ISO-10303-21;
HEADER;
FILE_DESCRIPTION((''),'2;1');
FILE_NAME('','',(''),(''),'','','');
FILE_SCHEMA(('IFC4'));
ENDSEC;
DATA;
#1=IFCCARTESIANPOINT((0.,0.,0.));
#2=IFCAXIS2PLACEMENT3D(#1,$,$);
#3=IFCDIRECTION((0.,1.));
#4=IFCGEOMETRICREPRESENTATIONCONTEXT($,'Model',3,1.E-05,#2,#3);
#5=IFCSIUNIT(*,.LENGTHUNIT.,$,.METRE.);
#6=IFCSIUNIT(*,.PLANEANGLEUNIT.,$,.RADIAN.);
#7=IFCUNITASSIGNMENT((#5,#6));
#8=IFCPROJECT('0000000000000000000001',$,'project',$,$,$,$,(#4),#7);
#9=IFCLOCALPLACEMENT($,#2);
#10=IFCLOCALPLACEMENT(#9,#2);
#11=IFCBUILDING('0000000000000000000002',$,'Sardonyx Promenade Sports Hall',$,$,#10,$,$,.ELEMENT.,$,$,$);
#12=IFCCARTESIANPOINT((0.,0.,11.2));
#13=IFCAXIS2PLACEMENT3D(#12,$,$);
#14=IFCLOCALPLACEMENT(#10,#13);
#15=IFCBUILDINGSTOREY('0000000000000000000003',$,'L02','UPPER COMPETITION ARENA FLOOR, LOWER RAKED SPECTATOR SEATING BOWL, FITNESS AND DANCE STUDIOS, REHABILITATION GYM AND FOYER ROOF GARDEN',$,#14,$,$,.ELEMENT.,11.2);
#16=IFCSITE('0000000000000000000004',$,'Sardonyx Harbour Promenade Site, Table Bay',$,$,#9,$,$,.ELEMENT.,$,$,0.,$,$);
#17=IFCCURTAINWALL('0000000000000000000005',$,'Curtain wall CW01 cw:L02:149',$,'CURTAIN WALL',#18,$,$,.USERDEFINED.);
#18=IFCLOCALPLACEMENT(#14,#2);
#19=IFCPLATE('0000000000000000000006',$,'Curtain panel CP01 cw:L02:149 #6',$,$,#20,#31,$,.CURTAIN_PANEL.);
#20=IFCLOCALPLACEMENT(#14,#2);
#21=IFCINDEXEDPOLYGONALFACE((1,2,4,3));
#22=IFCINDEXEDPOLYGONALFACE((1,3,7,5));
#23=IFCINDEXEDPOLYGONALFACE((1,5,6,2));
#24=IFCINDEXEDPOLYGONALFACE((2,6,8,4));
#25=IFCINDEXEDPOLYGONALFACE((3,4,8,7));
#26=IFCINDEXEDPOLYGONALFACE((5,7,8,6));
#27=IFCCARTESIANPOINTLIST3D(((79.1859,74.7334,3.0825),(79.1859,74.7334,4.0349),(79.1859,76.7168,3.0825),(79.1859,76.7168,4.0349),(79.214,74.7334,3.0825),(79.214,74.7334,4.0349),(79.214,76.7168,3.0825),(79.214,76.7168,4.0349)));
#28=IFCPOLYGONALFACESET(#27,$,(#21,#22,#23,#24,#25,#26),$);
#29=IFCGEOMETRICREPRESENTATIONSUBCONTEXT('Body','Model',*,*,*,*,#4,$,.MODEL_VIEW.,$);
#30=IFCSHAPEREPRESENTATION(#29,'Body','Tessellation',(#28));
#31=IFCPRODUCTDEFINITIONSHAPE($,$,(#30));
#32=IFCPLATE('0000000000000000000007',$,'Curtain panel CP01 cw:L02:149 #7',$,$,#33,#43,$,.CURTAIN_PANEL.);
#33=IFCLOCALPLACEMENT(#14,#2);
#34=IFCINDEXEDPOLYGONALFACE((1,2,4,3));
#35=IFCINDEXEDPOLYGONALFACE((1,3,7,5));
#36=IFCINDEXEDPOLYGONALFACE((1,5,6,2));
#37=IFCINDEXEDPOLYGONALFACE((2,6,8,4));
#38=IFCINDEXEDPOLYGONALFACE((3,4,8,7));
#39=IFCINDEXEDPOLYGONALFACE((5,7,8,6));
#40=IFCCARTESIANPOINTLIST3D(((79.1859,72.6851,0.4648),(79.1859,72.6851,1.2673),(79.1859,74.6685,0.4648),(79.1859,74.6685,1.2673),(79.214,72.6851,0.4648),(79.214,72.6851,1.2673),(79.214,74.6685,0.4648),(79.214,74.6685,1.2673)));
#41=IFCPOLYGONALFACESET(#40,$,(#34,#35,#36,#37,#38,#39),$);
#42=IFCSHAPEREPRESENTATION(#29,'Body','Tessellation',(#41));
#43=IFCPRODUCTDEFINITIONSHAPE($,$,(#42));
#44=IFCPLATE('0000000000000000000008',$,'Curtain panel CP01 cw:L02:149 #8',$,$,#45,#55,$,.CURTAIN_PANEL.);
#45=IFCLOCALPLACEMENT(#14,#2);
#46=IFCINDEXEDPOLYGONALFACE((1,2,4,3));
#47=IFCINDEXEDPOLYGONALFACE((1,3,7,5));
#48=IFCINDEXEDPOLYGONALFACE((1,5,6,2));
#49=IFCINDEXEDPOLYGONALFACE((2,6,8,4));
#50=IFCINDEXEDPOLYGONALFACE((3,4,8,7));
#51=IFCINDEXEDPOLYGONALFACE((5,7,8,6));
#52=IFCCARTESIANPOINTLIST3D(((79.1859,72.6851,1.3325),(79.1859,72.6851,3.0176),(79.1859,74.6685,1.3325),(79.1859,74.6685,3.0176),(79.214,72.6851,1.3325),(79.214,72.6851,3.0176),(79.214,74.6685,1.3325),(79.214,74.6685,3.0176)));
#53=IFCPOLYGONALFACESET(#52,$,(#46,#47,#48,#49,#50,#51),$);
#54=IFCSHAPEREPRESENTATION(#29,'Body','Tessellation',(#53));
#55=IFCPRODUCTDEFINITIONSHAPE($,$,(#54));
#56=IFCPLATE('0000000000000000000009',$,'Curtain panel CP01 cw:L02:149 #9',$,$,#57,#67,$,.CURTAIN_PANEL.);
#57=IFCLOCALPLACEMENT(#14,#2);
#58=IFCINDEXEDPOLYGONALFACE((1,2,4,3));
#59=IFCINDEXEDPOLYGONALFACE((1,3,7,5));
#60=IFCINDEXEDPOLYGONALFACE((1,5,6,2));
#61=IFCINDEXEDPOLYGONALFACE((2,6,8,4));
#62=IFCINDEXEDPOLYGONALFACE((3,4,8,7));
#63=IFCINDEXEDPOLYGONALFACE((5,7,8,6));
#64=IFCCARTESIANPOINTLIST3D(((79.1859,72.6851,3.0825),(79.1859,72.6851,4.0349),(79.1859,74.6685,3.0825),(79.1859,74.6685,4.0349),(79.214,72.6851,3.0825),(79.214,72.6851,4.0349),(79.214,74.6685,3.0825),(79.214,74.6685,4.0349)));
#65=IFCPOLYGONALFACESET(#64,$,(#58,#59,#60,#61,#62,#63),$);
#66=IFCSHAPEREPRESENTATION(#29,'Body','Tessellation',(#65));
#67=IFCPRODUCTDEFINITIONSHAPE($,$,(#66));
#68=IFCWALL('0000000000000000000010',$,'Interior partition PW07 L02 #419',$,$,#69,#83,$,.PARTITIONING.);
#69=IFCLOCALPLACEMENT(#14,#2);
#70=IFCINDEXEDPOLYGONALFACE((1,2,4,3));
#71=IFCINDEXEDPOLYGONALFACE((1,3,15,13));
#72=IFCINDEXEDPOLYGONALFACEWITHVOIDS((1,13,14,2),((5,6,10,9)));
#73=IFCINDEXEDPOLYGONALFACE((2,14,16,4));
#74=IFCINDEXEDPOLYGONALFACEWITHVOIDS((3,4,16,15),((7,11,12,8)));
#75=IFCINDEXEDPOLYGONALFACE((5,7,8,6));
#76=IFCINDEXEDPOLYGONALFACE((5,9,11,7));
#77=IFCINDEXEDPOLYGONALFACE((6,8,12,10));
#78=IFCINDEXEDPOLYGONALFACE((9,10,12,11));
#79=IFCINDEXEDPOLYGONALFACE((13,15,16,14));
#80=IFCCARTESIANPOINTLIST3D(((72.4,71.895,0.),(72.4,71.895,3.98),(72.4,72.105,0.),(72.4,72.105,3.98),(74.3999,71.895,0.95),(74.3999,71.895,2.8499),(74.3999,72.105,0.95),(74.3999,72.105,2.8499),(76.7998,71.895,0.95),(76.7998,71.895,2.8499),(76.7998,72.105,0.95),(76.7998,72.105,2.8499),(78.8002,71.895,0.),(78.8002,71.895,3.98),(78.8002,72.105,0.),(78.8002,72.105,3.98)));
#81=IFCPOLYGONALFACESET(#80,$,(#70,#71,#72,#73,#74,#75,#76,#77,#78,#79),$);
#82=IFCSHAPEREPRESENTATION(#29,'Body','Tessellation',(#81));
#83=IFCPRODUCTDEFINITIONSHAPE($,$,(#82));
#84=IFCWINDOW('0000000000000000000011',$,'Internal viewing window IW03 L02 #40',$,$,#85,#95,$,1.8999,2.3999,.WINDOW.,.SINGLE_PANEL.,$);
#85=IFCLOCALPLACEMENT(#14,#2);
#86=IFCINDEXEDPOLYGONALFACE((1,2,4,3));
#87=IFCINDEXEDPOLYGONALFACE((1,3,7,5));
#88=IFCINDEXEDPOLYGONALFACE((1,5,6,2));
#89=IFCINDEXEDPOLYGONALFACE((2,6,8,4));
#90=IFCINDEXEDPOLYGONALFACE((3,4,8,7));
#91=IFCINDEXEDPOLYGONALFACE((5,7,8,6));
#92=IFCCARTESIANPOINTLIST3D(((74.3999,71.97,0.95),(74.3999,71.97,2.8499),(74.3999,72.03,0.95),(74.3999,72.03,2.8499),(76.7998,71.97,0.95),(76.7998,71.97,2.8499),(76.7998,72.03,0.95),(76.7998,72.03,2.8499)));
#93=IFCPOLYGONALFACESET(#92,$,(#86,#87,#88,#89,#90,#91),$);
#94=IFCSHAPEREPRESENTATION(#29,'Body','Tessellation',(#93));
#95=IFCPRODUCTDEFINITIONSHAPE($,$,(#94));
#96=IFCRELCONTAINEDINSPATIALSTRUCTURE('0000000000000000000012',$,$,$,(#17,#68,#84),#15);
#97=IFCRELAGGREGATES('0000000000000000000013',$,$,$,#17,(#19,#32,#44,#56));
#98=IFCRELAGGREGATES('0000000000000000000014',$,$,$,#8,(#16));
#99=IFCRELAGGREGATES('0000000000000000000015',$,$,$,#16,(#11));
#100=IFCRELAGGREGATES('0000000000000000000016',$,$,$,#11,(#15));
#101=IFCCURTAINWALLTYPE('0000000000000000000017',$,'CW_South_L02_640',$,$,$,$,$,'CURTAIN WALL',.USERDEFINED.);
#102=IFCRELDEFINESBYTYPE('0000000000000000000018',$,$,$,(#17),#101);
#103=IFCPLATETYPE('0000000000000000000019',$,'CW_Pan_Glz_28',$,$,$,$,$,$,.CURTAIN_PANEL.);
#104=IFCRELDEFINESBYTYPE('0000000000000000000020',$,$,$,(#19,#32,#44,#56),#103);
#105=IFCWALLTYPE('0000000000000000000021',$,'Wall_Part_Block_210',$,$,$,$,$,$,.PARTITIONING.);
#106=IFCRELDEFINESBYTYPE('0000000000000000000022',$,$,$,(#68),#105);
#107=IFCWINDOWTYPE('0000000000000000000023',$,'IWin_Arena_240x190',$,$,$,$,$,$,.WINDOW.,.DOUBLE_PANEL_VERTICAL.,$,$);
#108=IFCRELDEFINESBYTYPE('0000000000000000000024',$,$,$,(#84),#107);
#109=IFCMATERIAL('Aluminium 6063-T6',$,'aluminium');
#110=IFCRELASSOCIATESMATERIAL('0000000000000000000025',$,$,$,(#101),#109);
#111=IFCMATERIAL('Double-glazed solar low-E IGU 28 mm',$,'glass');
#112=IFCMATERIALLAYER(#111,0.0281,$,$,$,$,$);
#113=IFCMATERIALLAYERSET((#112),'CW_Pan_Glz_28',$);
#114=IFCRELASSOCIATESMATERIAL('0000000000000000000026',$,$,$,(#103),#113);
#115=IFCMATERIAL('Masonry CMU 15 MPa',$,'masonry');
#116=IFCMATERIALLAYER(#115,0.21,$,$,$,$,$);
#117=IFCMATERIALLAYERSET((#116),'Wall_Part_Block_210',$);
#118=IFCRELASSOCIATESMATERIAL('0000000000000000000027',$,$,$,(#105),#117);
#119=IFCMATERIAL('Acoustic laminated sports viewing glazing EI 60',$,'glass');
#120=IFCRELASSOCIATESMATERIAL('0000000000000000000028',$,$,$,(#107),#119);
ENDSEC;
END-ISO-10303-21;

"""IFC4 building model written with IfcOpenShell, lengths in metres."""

from ifc_helpers import new_model, si_unit, direction, frame, frame_2d, origin, origin_2d, place, context, subcontext, project, spatial, rectangle, extrude, material, layer, layer_set, type_object, element, fill, aggregate, save


model = new_model("IFC4")

# Units and contexts
model_context = context("Model", 3, precision=1e-05, world=origin(), true_north=direction((0.0, 1.0)))
body_context = subcontext(model_context, "Body", "Model", "MODEL_VIEW")
ifc_project = project(units=[si_unit("LENGTHUNIT", "METRE"), si_unit("PLANEANGLEUNIT", "RADIAN")], contexts=[model_context])

# Site, building, storey
site_placement = place(None, origin())
site = spatial("IfcSite", under=ifc_project, at=site_placement, Name="Sardonyx Harbour Promenade Site, Table Bay", CompositionType="ELEMENT", RefElevation=0.0)
building_placement = place(site_placement, origin())
building = spatial("IfcBuilding", under=site, at=building_placement, Name="Sardonyx Promenade Sports Hall", CompositionType="ELEMENT")
storey_placement = place(building_placement, frame((0.0, 0.0, 11.2)))
storey = spatial("IfcBuildingStorey", under=building, at=storey_placement, Name="L02", Description="UPPER COMPETITION ARENA FLOOR, LOWER RAKED SPECTATOR SEATING BOWL, FITNESS AND DANCE STUDIOS, REHABILITATION GYM AND FOYER ROOF GARDEN", CompositionType="ELEMENT", Elevation=11.2)

# Curtain wall, plates
ifc_material_1 = material(Name="Aluminium 6063-T6", Category="aluminium")
curtain_wall_type = type_object("IfcCurtainWallType", Name="CW_South_L02_640", ElementType="CURTAIN WALL", PredefinedType="USERDEFINED", material=ifc_material_1)
curtain_wall_placement = place(storey_placement, origin())
curtain_wall = element("IfcCurtainWall", 1, at=curtain_wall_placement, inside=storey, type_object=curtain_wall_type, Name="Curtain wall CW01 cw:L02:149", ObjectType="CURTAIN WALL", PredefinedType="USERDEFINED")
ifc_material_2 = material(Name="Double-glazed solar low-E IGU 28 mm", Category="glass")
ifc_layer_1 = layer(ifc_material_2, 0.0281)
ifc_layer_set_1 = layer_set([ifc_layer_1], Name="CW_Pan_Glz_28")
plate_type = type_object("IfcPlateType", Name="CW_Pan_Glz_28", PredefinedType="CURTAIN_PANEL", material=ifc_layer_set_1)
plate_1_placement = place(storey_placement, frame((79.2, 75.7251, 3.0825), z_axis=(0.0, 0.0, 1.0), x_axis=(0.0, -1.0, 0.0)))
plate_1 = element("IfcPlate", 2, at=plate_1_placement, type_object=plate_type, Name="Curtain panel CP01 cw:L02:149 #6", PredefinedType="CURTAIN_PANEL", context=body_context, shape_type="SweptSolid", body=[
    extrude(rectangle(XDim=1.9834, YDim=0.0281, at=origin_2d()), origin(), (0.0, 0.0, 1.0), 0.9524),
])
plate_2_placement = place(storey_placement, frame((79.2, 73.6768, 0.4648), z_axis=(0.0, 0.0, 1.0), x_axis=(0.0, -1.0, 0.0)))
plate_2 = element("IfcPlate", 3, at=plate_2_placement, type_object=plate_type, Name="Curtain panel CP01 cw:L02:149 #7", PredefinedType="CURTAIN_PANEL", context=body_context, shape_type="SweptSolid", body=[
    extrude(rectangle(XDim=1.9834, YDim=0.0281, at=origin_2d()), origin(), (0.0, 0.0, 1.0), 0.8025),
])
plate_3_placement = place(storey_placement, frame((79.2, 73.6768, 1.3325), z_axis=(0.0, 0.0, 1.0), x_axis=(0.0, -1.0, 0.0)))
plate_3 = element("IfcPlate", 4, at=plate_3_placement, type_object=plate_type, Name="Curtain panel CP01 cw:L02:149 #8", PredefinedType="CURTAIN_PANEL", context=body_context, shape_type="SweptSolid", body=[
    extrude(rectangle(XDim=1.9834, YDim=0.0281, at=origin_2d()), origin(), (0.0, 0.0, 1.0), 1.6851),
])
plate_4_placement = place(storey_placement, frame((79.2, 73.6768, 3.0825), z_axis=(0.0, 0.0, 1.0), x_axis=(0.0, -1.0, 0.0)))
plate_4 = element("IfcPlate", 5, at=plate_4_placement, type_object=plate_type, Name="Curtain panel CP01 cw:L02:149 #9", PredefinedType="CURTAIN_PANEL", context=body_context, shape_type="SweptSolid", body=[
    extrude(rectangle(XDim=1.9834, YDim=0.0281, at=origin_2d()), origin(), (0.0, 0.0, 1.0), 0.9524),
])
aggregate(curtain_wall, [plate_1, plate_2, plate_3, plate_4])

# Wall, opening, window
ifc_material_3 = material(Name="Masonry CMU 15 MPa", Category="masonry")
ifc_layer_2 = layer(ifc_material_3, 0.21)
ifc_layer_set_2 = layer_set([ifc_layer_2], Name="Wall_Part_Block_210")
wall_type = type_object("IfcWallType", Name="Wall_Part_Block_210", PredefinedType="PARTITIONING", material=ifc_layer_set_2)
wall_placement = place(storey_placement, frame((72.3999, 72.0, 0.0), z_axis=(0.0, 0.0, 1.0), x_axis=(1.0, 0.0, 0.0)))
wall = element("IfcWall", 6, at=wall_placement, inside=storey, type_object=wall_type, Name="Interior partition PW07 L02 #419", PredefinedType="PARTITIONING", context=body_context, shape_type="SweptSolid", body=[
    extrude(rectangle(XDim=6.4001, YDim=0.21, at=frame_2d((3.2002, 0.0))), origin(), (0.0, 0.0, 1.0), 3.98),
])
opening_placement = place(wall_placement, frame((2.0, 0.0, 0.95)))
opening = element("IfcOpeningElement", 7, at=opening_placement, cuts=wall, PredefinedType="OPENING", context=body_context, shape_type="SweptSolid", body=[
    extrude(rectangle(XDim=2.3999, YDim=1.8999, at=frame_2d((1.2, 0.95))), frame((0.0, 0.115, 0.0), z_axis=(0.0, -1.0, 0.0), x_axis=(1.0, 0.0, 0.0)), (0.0, 0.0, 1.0), 0.23),
])
ifc_material_4 = material(Name="Acoustic laminated sports viewing glazing EI 60", Category="glass")
window_type = type_object("IfcWindowType", Name="IWin_Arena_240x190", PartitioningType="DOUBLE_PANEL_VERTICAL", PredefinedType="WINDOW", material=ifc_material_4)
window_placement = place(opening_placement, origin())
window = element("IfcWindow", 8, at=window_placement, inside=storey, type_object=window_type, Name="Internal viewing window IW03 L02 #40", OverallHeight=1.8999, OverallWidth=2.3999, PartitioningType="SINGLE_PANEL", PredefinedType="WINDOW", context=body_context, shape_type="SweptSolid", body=[
    extrude(rectangle(XDim=2.3999, YDim=1.8999, at=frame_2d((1.2, 0.95))), frame((0.0, 0.03, 0.0), z_axis=(0.0, -1.0, 0.0), x_axis=(1.0, 0.0, 0.0)), (0.0, 0.0, 1.0), 0.0601),
])
fill(opening, window)

save(model, "model.ifc")
